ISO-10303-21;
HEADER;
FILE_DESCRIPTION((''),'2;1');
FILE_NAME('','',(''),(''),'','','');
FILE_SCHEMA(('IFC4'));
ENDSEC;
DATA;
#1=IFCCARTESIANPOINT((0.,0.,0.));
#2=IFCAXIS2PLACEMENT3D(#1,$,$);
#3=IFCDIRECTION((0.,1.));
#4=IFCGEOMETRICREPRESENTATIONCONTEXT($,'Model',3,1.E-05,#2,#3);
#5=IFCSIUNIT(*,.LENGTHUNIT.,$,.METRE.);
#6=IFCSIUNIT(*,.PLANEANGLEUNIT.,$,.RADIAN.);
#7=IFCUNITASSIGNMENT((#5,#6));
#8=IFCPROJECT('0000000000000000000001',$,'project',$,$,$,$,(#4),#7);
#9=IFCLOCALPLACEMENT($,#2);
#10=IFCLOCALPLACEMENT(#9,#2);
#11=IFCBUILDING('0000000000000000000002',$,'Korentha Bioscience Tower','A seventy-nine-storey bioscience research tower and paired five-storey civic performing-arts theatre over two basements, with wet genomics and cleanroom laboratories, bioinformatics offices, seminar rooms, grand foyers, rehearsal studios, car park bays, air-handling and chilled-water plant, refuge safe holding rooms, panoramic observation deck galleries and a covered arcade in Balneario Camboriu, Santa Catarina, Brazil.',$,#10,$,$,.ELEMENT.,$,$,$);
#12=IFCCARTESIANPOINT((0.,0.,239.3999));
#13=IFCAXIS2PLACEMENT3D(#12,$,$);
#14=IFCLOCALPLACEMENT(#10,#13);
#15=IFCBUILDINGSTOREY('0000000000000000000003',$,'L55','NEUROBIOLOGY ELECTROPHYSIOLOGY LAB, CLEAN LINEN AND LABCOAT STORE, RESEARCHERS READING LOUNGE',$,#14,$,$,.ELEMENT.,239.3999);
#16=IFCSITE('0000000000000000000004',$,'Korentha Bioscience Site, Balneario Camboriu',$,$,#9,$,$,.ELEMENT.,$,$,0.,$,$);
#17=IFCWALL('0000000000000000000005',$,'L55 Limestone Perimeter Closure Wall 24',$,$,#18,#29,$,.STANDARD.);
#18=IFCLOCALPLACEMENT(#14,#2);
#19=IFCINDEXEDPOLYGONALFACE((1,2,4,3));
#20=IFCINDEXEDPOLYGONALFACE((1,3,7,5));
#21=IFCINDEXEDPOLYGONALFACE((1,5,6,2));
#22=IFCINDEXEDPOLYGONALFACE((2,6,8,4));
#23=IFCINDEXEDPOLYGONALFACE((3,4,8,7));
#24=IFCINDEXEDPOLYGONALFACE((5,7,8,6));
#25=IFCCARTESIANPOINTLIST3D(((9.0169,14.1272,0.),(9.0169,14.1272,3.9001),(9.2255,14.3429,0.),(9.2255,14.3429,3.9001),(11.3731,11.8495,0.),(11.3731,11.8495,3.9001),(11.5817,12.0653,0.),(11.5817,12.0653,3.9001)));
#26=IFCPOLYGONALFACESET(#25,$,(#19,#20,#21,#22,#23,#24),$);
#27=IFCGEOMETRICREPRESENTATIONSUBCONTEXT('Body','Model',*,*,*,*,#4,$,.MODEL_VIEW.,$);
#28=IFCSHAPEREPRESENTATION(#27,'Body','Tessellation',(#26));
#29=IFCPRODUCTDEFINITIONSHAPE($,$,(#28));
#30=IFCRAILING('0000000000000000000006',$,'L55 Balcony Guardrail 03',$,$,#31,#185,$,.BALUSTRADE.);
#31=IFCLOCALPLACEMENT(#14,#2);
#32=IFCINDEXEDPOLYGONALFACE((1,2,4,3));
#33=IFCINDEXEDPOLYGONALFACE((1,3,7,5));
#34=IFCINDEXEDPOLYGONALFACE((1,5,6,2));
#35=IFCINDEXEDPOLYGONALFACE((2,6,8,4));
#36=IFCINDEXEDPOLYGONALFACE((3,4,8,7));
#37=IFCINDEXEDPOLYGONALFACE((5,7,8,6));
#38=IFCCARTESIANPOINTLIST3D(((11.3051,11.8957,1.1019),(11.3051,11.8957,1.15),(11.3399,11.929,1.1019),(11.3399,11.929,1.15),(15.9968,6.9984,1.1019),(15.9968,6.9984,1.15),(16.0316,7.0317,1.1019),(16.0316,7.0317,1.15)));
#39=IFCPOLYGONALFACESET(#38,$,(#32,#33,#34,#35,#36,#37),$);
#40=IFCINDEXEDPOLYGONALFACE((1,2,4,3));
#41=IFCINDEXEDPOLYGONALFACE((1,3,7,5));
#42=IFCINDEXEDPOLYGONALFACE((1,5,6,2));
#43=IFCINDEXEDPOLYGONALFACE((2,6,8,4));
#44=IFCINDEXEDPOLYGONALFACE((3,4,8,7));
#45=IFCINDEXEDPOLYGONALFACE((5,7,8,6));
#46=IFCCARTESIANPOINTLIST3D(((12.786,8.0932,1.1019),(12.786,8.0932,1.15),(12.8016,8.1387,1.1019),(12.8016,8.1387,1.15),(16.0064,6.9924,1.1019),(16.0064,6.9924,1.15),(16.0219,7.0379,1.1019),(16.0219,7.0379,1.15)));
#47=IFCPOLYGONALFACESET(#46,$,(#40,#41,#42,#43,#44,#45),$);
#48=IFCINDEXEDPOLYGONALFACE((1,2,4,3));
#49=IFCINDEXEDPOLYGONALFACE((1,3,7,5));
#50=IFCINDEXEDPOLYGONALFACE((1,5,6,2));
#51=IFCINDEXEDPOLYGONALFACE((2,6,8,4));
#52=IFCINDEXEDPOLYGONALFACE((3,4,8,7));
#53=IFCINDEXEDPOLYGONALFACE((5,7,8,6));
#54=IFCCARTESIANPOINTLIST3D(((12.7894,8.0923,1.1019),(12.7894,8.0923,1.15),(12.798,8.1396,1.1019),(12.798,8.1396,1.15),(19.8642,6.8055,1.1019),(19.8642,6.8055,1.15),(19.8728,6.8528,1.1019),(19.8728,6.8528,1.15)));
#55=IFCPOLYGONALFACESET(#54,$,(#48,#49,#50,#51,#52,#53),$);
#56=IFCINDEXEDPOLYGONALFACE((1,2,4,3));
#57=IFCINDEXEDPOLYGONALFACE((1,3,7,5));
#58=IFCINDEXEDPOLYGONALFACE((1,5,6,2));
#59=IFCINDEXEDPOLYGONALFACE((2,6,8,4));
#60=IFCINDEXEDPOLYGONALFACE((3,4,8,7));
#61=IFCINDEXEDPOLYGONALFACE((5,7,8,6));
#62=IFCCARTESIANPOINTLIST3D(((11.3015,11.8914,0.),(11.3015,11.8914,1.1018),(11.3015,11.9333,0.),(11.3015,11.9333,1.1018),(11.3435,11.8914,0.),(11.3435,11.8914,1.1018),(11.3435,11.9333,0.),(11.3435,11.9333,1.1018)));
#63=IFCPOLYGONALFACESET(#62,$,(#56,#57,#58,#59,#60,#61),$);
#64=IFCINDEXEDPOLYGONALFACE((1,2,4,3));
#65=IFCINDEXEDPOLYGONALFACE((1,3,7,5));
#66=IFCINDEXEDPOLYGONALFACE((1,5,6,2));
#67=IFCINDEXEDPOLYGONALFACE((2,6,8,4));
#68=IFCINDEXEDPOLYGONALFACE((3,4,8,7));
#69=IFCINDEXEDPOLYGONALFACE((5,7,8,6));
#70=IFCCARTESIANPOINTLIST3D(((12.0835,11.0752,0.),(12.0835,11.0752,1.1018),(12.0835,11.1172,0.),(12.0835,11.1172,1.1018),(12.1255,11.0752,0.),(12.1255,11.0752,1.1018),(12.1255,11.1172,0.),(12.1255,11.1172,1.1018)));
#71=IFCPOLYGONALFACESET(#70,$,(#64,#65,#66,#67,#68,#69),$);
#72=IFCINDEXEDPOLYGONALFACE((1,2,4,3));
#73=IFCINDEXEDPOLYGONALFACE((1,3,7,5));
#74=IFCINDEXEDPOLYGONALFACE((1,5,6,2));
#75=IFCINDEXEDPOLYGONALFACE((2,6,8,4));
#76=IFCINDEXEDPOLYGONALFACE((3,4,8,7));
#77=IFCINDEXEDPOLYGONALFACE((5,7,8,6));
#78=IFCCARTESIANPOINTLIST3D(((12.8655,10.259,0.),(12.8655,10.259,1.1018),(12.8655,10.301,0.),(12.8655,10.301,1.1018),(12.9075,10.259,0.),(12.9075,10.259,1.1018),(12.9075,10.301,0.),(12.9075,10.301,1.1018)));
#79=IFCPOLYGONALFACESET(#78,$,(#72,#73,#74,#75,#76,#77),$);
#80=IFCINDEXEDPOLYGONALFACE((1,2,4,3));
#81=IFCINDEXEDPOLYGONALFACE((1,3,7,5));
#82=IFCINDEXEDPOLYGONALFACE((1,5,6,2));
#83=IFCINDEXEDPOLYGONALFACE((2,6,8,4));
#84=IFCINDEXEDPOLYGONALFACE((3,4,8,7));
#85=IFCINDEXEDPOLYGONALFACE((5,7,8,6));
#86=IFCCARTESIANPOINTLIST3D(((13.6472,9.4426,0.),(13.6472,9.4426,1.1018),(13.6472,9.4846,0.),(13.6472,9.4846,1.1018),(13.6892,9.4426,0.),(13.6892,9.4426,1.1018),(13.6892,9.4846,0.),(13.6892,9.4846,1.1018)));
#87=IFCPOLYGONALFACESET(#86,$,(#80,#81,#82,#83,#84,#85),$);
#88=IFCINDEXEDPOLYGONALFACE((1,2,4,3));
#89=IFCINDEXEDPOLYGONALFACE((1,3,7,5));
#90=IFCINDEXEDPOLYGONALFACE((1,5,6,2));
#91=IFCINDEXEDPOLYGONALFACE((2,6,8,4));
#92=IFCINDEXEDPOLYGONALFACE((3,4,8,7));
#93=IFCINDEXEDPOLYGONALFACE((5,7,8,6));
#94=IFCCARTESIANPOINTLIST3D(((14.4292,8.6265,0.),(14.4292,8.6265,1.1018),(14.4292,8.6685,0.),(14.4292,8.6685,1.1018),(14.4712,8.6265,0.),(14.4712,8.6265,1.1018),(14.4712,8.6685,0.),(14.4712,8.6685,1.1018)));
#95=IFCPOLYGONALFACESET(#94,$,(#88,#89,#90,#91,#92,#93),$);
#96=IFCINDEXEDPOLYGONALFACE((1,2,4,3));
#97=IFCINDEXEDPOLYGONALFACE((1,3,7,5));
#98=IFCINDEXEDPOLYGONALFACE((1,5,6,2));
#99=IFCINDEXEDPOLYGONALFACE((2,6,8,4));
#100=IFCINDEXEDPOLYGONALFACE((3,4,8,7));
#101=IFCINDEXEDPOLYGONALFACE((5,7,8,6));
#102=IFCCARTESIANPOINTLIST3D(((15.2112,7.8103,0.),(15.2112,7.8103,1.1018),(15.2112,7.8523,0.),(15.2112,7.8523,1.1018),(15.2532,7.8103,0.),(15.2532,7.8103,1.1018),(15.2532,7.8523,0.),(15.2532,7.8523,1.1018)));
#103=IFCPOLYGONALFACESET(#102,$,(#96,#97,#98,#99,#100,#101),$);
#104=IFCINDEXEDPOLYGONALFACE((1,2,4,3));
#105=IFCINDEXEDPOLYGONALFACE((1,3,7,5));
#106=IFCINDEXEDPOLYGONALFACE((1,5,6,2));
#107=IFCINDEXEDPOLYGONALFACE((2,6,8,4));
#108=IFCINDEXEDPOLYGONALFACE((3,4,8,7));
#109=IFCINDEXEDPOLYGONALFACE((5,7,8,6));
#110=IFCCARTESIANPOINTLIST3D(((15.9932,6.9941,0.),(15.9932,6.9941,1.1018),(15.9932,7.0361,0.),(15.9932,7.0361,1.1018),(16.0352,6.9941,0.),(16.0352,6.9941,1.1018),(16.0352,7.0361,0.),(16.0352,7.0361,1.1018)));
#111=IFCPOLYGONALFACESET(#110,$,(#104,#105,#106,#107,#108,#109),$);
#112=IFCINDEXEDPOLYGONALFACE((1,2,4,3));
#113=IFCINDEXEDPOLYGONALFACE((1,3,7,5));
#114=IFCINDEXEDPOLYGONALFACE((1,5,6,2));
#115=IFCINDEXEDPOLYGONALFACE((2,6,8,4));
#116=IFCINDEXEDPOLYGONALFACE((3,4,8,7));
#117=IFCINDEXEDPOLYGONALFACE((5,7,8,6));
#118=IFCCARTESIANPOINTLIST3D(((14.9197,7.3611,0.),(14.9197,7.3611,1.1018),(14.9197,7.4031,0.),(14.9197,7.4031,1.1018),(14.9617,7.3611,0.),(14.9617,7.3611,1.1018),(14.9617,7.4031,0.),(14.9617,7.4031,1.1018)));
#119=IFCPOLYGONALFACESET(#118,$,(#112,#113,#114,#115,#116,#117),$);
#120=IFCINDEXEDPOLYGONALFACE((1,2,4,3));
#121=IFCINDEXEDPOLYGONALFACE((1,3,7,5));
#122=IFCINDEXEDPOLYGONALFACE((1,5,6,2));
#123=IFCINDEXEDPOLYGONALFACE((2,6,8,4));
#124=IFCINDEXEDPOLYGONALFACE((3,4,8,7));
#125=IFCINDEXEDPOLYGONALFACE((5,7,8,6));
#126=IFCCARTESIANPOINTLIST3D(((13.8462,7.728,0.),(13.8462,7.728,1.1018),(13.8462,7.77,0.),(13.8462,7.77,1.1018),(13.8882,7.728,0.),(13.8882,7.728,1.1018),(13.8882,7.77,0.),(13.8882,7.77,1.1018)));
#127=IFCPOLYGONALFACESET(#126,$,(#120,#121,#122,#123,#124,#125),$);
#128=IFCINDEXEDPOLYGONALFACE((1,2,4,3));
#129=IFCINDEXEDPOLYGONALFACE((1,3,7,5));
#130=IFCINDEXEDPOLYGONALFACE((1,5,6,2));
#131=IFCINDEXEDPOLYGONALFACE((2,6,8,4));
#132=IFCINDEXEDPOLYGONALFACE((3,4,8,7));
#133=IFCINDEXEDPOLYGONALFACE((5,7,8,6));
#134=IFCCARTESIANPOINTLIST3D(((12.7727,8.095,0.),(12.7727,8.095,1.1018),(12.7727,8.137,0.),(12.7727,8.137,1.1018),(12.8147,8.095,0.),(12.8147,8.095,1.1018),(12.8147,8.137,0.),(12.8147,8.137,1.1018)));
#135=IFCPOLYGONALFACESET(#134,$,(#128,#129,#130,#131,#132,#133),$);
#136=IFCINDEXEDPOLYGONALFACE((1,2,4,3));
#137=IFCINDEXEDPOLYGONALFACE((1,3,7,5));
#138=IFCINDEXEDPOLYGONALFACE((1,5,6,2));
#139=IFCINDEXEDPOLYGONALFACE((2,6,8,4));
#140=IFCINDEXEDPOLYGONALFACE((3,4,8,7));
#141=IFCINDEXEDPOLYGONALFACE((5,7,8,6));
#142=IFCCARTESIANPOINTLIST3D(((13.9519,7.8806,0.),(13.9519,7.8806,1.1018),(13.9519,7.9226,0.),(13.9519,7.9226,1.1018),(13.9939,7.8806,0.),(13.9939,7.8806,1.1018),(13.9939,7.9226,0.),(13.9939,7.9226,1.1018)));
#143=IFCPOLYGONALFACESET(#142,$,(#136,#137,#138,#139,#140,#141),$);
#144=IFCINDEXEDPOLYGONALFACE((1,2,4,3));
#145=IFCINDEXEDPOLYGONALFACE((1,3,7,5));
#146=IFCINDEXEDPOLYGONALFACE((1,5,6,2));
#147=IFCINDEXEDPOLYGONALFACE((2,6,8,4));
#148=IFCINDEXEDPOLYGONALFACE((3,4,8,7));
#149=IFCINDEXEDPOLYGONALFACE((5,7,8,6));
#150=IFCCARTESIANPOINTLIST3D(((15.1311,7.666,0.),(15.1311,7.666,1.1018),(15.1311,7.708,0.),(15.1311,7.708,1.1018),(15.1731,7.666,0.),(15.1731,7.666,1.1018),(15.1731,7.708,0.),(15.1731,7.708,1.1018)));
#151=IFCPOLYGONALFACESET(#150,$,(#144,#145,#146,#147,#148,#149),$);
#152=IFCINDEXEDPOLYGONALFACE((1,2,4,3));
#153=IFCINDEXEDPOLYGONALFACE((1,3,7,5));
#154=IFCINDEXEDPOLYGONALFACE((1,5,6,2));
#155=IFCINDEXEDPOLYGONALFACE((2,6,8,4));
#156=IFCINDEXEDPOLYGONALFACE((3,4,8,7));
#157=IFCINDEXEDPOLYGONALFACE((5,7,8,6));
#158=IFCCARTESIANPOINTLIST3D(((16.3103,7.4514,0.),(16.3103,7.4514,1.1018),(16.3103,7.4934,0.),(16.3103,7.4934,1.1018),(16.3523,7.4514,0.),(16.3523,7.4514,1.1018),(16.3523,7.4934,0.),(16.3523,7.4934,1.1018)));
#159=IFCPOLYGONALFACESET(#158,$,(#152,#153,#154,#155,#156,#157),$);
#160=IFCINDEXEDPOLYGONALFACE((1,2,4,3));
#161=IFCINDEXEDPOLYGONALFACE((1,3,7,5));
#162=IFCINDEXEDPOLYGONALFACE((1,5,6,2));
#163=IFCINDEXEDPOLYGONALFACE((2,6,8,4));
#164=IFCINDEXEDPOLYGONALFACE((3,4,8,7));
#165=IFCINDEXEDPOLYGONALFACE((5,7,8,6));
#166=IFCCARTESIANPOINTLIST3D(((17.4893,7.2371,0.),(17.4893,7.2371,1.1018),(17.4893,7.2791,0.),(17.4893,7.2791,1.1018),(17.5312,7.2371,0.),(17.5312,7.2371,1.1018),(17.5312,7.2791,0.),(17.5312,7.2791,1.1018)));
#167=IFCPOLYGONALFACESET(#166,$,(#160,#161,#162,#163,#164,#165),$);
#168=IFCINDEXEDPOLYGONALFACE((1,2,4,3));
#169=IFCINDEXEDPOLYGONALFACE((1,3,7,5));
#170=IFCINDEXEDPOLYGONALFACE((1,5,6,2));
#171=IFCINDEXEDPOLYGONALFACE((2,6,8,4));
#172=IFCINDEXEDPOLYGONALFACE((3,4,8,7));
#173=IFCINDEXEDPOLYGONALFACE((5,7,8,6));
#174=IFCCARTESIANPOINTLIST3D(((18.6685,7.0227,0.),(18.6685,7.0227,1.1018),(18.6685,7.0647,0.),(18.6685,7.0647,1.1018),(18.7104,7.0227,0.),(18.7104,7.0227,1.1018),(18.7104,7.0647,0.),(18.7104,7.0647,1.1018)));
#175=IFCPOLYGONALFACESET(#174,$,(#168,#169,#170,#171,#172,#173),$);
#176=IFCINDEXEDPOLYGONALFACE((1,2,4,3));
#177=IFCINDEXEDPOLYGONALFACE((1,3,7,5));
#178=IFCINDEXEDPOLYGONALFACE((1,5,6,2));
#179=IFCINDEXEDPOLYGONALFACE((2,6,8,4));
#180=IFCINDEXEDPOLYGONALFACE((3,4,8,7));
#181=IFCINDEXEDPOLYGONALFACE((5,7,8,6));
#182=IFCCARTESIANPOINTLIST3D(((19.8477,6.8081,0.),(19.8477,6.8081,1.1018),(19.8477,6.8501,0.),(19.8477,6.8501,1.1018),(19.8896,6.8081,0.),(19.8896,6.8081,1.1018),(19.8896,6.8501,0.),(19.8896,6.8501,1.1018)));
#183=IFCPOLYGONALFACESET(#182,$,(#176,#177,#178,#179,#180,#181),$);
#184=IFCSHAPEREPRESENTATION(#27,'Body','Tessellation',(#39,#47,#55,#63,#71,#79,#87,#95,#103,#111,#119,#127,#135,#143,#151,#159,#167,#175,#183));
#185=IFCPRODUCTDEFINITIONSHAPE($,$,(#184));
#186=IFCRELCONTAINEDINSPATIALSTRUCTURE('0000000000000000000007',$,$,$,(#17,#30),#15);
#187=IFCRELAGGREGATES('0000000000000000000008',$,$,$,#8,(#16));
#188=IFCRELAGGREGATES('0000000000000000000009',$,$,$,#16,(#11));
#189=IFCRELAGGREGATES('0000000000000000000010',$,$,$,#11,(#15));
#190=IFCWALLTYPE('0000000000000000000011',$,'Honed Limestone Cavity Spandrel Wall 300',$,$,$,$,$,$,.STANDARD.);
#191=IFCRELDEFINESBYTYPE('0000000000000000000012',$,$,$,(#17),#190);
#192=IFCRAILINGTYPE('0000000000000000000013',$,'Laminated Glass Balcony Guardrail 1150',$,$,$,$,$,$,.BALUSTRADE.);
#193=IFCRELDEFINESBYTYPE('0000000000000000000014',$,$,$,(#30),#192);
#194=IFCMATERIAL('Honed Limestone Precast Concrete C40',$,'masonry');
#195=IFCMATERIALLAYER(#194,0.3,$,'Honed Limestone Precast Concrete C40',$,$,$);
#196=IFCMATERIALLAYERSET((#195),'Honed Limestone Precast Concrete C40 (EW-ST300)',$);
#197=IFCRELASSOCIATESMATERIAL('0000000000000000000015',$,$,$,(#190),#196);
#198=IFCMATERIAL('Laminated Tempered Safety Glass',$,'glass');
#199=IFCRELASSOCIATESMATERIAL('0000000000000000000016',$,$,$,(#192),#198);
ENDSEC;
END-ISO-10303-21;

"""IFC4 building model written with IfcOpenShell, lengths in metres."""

from ifc_helpers import new_model, si_unit, direction, frame, frame_2d, origin, origin_2d, place, context, subcontext, project, spatial, rectangle, extrude, material, layer, layer_set, type_object, element, save


model = new_model("IFC4")

# Units and contexts
model_context = context("Model", 3, precision=1e-05, world=origin(), true_north=direction((0.0, 1.0)))
body_context = subcontext(model_context, "Body", "Model", "MODEL_VIEW")
ifc_project = project(units=[si_unit("LENGTHUNIT", "METRE"), si_unit("PLANEANGLEUNIT", "RADIAN")], contexts=[model_context])

# Site, building, storey
site_placement = place(None, origin())
site = spatial("IfcSite", under=ifc_project, at=site_placement, Name="Korentha Bioscience Site, Balneario Camboriu", CompositionType="ELEMENT", RefElevation=0.0)
building_placement = place(site_placement, origin())
building = spatial("IfcBuilding", under=site, at=building_placement, Name="Korentha Bioscience Tower", Description="A seventy-nine-storey bioscience research tower and paired five-storey civic performing-arts theatre over two basements, with wet genomics and cleanroom laboratories, bioinformatics offices, seminar rooms, grand foyers, rehearsal studios, car park bays, air-handling and chilled-water plant, refuge safe holding rooms, panoramic observation deck galleries and a covered arcade in Balneario Camboriu, Santa Catarina, Brazil.", CompositionType="ELEMENT")
storey_placement = place(building_placement, frame((0.0, 0.0, 239.3999)))
storey = spatial("IfcBuildingStorey", under=building, at=storey_placement, Name="L55", Description="NEUROBIOLOGY ELECTROPHYSIOLOGY LAB, CLEAN LINEN AND LABCOAT STORE, RESEARCHERS READING LOUNGE", CompositionType="ELEMENT", Elevation=239.3999)

# Shared definitions
ifc_material_1 = material(Name="Honed Limestone Precast Concrete C40", Category="masonry")
ifc_layer_1 = layer(ifc_material_1, 0.3, Name="Honed Limestone Precast Concrete C40")
ifc_layer_set_1 = layer_set([ifc_layer_1], Name="Honed Limestone Precast Concrete C40 (EW-ST300)")
wall_type_1 = type_object("IfcWallType", Name="Honed Limestone Cavity Spandrel Wall 300", PredefinedType="STANDARD", material=ifc_layer_set_1)

# Wall
wall_1_placement = place(storey_placement, frame((9.1211, 14.2351, 0.0), z_axis=(0.0, 0.0, 1.0), x_axis=(0.719, -0.695011, 0.0)))
element("IfcWall", 1, at=wall_1_placement, inside=storey, type_object=wall_type_1, Name="L55 Limestone Perimeter Closure Wall 24", PredefinedType="STANDARD", context=body_context, shape_type="SweptSolid", body=[
    extrude(rectangle(XDim=3.2771, YDim=0.3, at=frame_2d((1.6387, 0.0))), origin(), (0.0, 0.0, 1.0), 3.9001),
])

# Railing
ifc_material_2 = material(Name="Laminated Tempered Safety Glass", Category="glass")
railing_type = type_object("IfcRailingType", Name="Laminated Glass Balcony Guardrail 1150", PredefinedType="BALUSTRADE", material=ifc_material_2)
railing_placement = place(storey_placement, frame((11.3225, 11.9124, 0.0)))
element("IfcRailing", 2, at=railing_placement, inside=storey, type_object=railing_type, Name="L55 Balcony Guardrail 03", PredefinedType="BALUSTRADE", context=body_context, shape_type="SweptSolid", body=[
    extrude(rectangle(XDim=0.0481, YDim=0.0481, at=origin_2d()), frame((0.0, 0.0, 1.126), z_axis=(0.691789, -0.7221, 0.0), x_axis=(0.7221, 0.691789, 0.0)), (0.0, 0.0, 1.0), 6.782),
    extrude(rectangle(XDim=0.0481, YDim=0.0481, at=origin_2d()), frame((4.6917, -4.8972, 1.126), z_axis=(-0.946245, 0.323449, 0.0), x_axis=(-0.323449, -0.946245, 0.0)), (0.0, 0.0, 1.0), 3.4033),
    extrude(rectangle(XDim=0.0481, YDim=0.0481, at=origin_2d()), frame((1.4712, -3.7964, 1.126), z_axis=(0.983857, -0.178954, 0.0), x_axis=(0.178954, 0.983857, 0.0)), (0.0, 0.0, 1.0), 7.1909),
    extrude(rectangle(XDim=0.042, YDim=0.042, at=origin_2d()), origin(), (0.0, 0.0, 1.0), 1.1018),
    extrude(rectangle(XDim=0.042, YDim=0.042, at=origin_2d()), frame((0.782, -0.8162, 0.0)), (0.0, 0.0, 1.0), 1.1018),
    extrude(rectangle(XDim=0.042, YDim=0.042, at=origin_2d()), frame((1.564, -1.6323, 0.0)), (0.0, 0.0, 1.0), 1.1018),
    extrude(rectangle(XDim=0.042, YDim=0.042, at=origin_2d()), frame((2.3457, -2.4487, 0.0)), (0.0, 0.0, 1.0), 1.1018),
    extrude(rectangle(XDim=0.042, YDim=0.042, at=origin_2d()), frame((3.1277, -3.2649, 0.0)), (0.0, 0.0, 1.0), 1.1018),
    extrude(rectangle(XDim=0.042, YDim=0.042, at=origin_2d()), frame((3.9097, -4.0811, 0.0)), (0.0, 0.0, 1.0), 1.1018),
    extrude(rectangle(XDim=0.042, YDim=0.042, at=origin_2d()), frame((4.6917, -4.8972, 0.0)), (0.0, 0.0, 1.0), 1.1018),
    extrude(rectangle(XDim=0.042, YDim=0.042, at=origin_2d()), frame((3.6182, -4.5303, 0.0)), (0.0, 0.0, 1.0), 1.1018),
    extrude(rectangle(XDim=0.042, YDim=0.042, at=origin_2d()), frame((2.5447, -4.1633, 0.0)), (0.0, 0.0, 1.0), 1.1018),
    extrude(rectangle(XDim=0.042, YDim=0.042, at=origin_2d()), frame((1.4712, -3.7964, 0.0)), (0.0, 0.0, 1.0), 1.1018),
    extrude(rectangle(XDim=0.042, YDim=0.042, at=origin_2d()), frame((2.6504, -4.0107, 0.0)), (0.0, 0.0, 1.0), 1.1018),
    extrude(rectangle(XDim=0.042, YDim=0.042, at=origin_2d()), frame((3.8296, -4.2253, 0.0)), (0.0, 0.0, 1.0), 1.1018),
    extrude(rectangle(XDim=0.042, YDim=0.042, at=origin_2d()), frame((5.0088, -4.4399, 0.0)), (0.0, 0.0, 1.0), 1.1018),
    extrude(rectangle(XDim=0.042, YDim=0.042, at=origin_2d()), frame((6.1877, -4.6543, 0.0)), (0.0, 0.0, 1.0), 1.1018),
    extrude(rectangle(XDim=0.042, YDim=0.042, at=origin_2d()), frame((7.3669, -4.8687, 0.0)), (0.0, 0.0, 1.0), 1.1018),
    extrude(rectangle(XDim=0.042, YDim=0.042, at=origin_2d()), frame((8.5461, -5.0833, 0.0)), (0.0, 0.0, 1.0), 1.1018),
])

save(model, "model.ifc")
